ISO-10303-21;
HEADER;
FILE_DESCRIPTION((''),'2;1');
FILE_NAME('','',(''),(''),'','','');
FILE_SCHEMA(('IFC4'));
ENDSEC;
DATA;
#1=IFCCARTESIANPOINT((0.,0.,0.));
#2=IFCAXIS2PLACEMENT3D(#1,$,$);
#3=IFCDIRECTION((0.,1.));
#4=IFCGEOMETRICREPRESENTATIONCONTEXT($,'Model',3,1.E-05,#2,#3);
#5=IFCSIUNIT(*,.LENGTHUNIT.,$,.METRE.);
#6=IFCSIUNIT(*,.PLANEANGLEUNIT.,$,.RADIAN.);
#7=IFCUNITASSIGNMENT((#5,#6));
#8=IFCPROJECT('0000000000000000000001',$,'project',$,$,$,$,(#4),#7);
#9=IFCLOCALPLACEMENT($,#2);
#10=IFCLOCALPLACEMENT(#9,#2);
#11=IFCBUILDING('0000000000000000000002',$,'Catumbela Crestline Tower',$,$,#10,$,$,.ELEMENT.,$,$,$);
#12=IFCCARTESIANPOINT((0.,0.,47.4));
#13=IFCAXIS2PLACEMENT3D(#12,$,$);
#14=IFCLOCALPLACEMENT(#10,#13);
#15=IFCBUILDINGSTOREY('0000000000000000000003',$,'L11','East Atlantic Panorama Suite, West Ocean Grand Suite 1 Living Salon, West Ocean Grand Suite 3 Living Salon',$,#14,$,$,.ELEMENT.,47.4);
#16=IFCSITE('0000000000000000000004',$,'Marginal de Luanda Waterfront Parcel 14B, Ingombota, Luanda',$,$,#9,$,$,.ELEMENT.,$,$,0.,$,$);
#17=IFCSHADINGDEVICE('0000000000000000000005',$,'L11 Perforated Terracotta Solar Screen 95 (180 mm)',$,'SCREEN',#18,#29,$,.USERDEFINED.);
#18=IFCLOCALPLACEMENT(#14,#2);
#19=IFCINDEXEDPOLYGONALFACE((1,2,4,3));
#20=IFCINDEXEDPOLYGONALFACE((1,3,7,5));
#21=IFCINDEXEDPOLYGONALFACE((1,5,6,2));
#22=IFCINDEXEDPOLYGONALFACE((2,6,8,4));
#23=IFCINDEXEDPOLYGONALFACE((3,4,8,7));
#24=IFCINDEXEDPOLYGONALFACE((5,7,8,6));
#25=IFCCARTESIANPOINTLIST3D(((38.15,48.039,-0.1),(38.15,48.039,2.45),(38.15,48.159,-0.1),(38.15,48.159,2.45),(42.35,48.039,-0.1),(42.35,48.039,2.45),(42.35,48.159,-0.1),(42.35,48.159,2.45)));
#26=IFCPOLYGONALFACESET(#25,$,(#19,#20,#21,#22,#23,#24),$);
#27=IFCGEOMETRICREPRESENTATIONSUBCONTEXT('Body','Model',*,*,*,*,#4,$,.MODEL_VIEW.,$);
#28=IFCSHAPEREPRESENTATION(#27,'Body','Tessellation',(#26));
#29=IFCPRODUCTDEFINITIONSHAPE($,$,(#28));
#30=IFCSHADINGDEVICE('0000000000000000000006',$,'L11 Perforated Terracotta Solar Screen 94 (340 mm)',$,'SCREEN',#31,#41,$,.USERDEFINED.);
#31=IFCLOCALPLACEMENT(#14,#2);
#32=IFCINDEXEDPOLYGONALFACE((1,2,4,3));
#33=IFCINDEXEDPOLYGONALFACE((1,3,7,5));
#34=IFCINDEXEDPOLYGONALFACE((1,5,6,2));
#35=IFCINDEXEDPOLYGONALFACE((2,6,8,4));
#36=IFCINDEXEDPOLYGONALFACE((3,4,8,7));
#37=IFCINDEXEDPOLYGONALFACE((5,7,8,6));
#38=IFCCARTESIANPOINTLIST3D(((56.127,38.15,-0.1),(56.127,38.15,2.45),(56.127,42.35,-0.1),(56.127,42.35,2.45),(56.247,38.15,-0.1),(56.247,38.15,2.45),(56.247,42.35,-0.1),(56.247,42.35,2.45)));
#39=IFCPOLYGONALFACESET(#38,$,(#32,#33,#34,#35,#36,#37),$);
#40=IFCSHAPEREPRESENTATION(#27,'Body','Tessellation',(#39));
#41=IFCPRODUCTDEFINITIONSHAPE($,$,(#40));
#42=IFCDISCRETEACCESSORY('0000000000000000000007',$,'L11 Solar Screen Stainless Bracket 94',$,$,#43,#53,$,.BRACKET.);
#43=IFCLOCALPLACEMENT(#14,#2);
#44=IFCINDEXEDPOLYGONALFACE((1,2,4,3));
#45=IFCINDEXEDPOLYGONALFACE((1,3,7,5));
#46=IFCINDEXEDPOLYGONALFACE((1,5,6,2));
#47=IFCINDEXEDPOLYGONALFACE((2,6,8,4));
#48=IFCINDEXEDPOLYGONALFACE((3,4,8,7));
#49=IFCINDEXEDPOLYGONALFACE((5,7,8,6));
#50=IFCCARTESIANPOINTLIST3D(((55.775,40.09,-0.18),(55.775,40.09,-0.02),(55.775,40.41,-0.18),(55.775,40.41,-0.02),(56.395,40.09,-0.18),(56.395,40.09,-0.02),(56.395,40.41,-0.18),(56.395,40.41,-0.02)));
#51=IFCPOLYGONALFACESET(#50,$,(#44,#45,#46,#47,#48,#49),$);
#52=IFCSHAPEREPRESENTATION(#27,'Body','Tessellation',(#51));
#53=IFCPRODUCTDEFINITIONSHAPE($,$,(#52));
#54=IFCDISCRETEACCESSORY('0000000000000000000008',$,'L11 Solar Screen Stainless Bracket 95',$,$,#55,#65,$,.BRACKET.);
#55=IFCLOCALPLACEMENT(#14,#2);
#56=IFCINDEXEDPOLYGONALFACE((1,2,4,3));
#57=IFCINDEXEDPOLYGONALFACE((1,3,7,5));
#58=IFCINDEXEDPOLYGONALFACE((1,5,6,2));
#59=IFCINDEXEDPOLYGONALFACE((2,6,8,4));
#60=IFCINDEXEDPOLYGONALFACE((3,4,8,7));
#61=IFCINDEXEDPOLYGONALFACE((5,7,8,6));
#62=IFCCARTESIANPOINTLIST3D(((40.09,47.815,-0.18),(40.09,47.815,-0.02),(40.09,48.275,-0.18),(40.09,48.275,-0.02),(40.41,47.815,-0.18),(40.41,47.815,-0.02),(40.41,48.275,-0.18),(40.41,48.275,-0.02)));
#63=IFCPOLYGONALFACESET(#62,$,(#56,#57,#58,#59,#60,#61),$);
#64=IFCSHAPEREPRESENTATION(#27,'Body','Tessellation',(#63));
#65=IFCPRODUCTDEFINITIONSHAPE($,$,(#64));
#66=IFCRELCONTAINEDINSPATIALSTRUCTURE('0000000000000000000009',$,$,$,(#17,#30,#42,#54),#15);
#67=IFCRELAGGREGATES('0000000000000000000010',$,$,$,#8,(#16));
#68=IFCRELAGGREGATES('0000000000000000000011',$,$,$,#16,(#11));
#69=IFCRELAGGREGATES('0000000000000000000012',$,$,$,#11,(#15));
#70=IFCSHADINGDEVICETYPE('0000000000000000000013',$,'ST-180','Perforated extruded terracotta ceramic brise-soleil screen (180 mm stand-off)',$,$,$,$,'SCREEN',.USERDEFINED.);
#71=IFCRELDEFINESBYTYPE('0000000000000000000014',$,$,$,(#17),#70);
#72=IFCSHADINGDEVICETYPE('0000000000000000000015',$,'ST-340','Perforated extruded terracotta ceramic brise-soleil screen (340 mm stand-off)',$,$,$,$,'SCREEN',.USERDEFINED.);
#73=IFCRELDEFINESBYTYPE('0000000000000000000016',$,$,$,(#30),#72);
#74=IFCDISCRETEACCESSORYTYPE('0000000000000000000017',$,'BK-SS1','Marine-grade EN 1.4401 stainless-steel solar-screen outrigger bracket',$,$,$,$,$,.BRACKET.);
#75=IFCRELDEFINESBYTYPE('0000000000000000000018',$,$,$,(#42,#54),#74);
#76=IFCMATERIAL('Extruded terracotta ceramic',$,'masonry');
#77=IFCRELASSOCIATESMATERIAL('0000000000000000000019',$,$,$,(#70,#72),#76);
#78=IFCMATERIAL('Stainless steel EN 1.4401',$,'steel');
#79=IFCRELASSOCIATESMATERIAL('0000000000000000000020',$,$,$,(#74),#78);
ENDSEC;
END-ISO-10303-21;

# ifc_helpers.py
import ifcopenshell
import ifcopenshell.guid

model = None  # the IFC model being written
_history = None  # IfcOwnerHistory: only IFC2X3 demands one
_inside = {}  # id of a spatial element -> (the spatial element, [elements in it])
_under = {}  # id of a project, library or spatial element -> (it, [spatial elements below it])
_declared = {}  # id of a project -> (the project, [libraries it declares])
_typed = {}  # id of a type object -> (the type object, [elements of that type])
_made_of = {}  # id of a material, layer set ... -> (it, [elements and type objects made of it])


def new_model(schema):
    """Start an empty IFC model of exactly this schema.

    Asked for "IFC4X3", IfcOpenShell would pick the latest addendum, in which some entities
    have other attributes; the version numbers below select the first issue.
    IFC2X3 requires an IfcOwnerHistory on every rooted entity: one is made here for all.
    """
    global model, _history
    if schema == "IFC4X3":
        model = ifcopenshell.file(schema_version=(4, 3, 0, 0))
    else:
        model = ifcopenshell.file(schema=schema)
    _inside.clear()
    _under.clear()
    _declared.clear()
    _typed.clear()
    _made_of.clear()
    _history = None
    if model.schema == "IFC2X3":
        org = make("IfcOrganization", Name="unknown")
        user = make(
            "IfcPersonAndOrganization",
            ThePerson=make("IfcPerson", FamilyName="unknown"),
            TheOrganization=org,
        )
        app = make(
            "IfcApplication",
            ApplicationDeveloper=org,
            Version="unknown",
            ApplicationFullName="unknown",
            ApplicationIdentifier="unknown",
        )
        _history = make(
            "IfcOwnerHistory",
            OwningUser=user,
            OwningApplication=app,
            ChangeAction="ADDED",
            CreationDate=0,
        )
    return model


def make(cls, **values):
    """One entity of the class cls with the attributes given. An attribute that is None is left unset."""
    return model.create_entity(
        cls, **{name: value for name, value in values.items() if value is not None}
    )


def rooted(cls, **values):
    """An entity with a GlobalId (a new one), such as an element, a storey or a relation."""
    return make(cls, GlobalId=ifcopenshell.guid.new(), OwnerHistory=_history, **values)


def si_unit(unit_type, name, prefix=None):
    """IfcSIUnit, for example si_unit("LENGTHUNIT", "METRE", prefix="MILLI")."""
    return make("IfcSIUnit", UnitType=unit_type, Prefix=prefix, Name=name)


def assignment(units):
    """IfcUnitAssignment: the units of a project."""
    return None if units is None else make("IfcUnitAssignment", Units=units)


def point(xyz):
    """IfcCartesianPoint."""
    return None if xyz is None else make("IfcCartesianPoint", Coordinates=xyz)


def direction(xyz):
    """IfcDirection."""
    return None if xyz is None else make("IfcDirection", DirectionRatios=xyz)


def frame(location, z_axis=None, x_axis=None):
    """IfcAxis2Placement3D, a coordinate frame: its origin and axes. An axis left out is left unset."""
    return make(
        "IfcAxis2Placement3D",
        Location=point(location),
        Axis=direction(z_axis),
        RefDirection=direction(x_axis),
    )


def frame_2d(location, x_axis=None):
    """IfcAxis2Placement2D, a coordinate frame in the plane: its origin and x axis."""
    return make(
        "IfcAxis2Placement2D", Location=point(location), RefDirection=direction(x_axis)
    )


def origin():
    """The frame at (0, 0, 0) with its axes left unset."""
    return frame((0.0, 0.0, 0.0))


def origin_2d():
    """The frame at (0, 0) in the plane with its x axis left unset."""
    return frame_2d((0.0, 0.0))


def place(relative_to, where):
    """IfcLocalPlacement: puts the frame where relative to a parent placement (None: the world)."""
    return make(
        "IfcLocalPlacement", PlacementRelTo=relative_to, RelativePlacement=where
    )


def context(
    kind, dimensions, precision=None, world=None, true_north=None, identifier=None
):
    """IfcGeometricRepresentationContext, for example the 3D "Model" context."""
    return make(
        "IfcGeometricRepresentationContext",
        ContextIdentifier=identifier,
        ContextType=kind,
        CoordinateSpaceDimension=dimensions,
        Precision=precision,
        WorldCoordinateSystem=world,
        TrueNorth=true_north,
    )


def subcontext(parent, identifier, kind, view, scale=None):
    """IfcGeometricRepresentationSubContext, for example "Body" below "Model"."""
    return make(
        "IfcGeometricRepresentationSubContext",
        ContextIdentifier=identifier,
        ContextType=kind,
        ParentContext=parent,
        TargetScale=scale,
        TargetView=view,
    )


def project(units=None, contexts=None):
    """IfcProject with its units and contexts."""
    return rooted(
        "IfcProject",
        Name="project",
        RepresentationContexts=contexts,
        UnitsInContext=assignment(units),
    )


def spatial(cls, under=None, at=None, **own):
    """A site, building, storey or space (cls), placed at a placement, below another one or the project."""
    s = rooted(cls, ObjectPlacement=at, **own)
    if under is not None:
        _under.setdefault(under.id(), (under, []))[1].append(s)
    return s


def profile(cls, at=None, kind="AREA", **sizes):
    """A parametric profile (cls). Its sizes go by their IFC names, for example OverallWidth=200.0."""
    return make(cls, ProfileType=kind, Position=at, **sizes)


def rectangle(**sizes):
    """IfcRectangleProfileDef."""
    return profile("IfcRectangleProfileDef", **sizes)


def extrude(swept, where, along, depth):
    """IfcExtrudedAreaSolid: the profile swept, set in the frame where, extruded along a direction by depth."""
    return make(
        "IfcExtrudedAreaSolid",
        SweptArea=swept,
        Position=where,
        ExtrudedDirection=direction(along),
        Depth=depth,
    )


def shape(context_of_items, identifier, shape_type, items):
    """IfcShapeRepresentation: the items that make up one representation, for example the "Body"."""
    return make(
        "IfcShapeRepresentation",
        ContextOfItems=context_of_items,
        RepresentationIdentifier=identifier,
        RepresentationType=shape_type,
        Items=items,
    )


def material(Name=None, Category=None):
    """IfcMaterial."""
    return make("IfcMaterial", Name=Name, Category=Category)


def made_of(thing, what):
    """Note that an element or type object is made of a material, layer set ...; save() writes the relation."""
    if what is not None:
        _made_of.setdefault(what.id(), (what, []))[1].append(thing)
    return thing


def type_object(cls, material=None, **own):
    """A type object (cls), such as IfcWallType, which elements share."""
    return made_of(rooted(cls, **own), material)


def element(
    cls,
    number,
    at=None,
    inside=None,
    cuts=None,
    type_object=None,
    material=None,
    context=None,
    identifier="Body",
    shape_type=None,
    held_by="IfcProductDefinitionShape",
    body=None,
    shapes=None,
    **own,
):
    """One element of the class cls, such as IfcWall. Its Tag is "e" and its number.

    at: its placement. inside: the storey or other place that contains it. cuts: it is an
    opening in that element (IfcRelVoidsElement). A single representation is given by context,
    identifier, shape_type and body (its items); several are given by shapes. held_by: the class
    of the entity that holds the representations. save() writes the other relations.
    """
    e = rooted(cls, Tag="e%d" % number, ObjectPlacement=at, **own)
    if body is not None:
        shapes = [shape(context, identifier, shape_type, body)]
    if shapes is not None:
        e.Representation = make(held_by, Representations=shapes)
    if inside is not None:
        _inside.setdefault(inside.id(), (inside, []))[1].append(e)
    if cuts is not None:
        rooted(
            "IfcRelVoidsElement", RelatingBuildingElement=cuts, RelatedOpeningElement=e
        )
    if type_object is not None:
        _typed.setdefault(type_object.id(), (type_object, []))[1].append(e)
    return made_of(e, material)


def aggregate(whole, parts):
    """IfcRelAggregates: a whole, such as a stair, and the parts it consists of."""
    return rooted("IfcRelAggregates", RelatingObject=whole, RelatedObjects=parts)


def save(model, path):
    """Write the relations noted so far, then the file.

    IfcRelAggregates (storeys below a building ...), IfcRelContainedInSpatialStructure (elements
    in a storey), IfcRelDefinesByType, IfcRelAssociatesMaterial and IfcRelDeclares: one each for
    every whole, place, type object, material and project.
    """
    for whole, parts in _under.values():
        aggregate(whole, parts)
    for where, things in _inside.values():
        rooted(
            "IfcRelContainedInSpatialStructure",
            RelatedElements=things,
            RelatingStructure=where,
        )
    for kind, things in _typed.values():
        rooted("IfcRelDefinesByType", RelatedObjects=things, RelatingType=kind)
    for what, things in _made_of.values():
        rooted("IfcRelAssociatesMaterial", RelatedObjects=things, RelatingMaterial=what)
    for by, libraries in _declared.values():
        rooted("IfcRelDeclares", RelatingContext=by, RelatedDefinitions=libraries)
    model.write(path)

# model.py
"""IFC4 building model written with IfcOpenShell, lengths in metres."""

from ifc_helpers import new_model, si_unit, direction, frame, origin, origin_2d, place, context, subcontext, project, spatial, rectangle, extrude, material, type_object, element, save


model = new_model("IFC4")

# Units and contexts
model_context = context("Model", 3, precision=1e-05, world=origin(), true_north=direction((0.0, 1.0)))
body_context = subcontext(model_context, "Body", "Model", "MODEL_VIEW")
ifc_project = project(units=[si_unit("LENGTHUNIT", "METRE"), si_unit("PLANEANGLEUNIT", "RADIAN")], contexts=[model_context])

# Site, building, storey
site_placement = place(None, origin())
site = spatial("IfcSite", under=ifc_project, at=site_placement, Name="Marginal de Luanda Waterfront Parcel 14B, Ingombota, Luanda", CompositionType="ELEMENT", RefElevation=0.0)
building_placement = place(site_placement, origin())
building = spatial("IfcBuilding", under=site, at=building_placement, Name="Catumbela Crestline Tower", CompositionType="ELEMENT")
storey_placement = place(building_placement, frame((0.0, 0.0, 47.4)))
storey = spatial("IfcBuildingStorey", under=building, at=storey_placement, Name="L11", Description="East Atlantic Panorama Suite, West Ocean Grand Suite 1 Living Salon, West Ocean Grand Suite 3 Living Salon", CompositionType="ELEMENT", Elevation=47.4)

# Shading devices
ifc_material_1 = material(Name="Extruded terracotta ceramic", Category="masonry")
shading_device_type_1 = type_object("IfcShadingDeviceType", Name="ST-180", Description="Perforated extruded terracotta ceramic brise-soleil screen (180 mm stand-off)", ElementType="SCREEN", PredefinedType="USERDEFINED", material=ifc_material_1)
shading_device_1_placement = place(storey_placement, frame((40.25, 48.099, -0.1), z_axis=(0.0, 0.0, 1.0), x_axis=(-1.0, 0.0, 0.0)))
element("IfcShadingDevice", 1, at=shading_device_1_placement, inside=storey, type_object=shading_device_type_1, Name="L11 Perforated Terracotta Solar Screen 95 (180 mm)", ObjectType="SCREEN", PredefinedType="USERDEFINED", context=body_context, shape_type="SweptSolid", body=[
    extrude(rectangle(XDim=4.2, YDim=0.12, at=origin_2d()), origin(), (0.0, 0.0, 1.0), 2.55),
])
shading_device_type_2 = type_object("IfcShadingDeviceType", Name="ST-340", Description="Perforated extruded terracotta ceramic brise-soleil screen (340 mm stand-off)", ElementType="SCREEN", PredefinedType="USERDEFINED", material=ifc_material_1)
shading_device_2_placement = place(storey_placement, frame((56.187, 40.25, -0.1), z_axis=(0.0, 0.0, 1.0), x_axis=(0.0, 1.0, 0.0)))
element("IfcShadingDevice", 2, at=shading_device_2_placement, inside=storey, type_object=shading_device_type_2, Name="L11 Perforated Terracotta Solar Screen 94 (340 mm)", ObjectType="SCREEN", PredefinedType="USERDEFINED", context=body_context, shape_type="SweptSolid", body=[
    extrude(rectangle(XDim=4.2, YDim=0.12, at=origin_2d()), origin(), (0.0, 0.0, 1.0), 2.55),
])

# Discrete accessories
ifc_material_2 = material(Name="Stainless steel EN 1.4401", Category="steel")
discrete_accessory_type = type_object("IfcDiscreteAccessoryType", Name="BK-SS1", Description="Marine-grade EN 1.4401 stainless-steel solar-screen outrigger bracket", PredefinedType="BRACKET", material=ifc_material_2)
discrete_accessory_1_placement = place(storey_placement, frame((56.085, 40.25, -0.18), z_axis=(0.0, 0.0, 1.0), x_axis=(0.0, 1.0, 0.0)))
element("IfcDiscreteAccessory", 3, at=discrete_accessory_1_placement, inside=storey, type_object=discrete_accessory_type, Name="L11 Solar Screen Stainless Bracket 94", PredefinedType="BRACKET", context=body_context, shape_type="SweptSolid", body=[
    extrude(rectangle(XDim=0.32, YDim=0.62, at=origin_2d()), origin(), (0.0, 0.0, 1.0), 0.16),
])
discrete_accessory_2_placement = place(storey_placement, frame((40.25, 48.045, -0.18), z_axis=(0.0, 0.0, 1.0), x_axis=(-1.0, 0.0, 0.0)))
element("IfcDiscreteAccessory", 4, at=discrete_accessory_2_placement, inside=storey, type_object=discrete_accessory_type, Name="L11 Solar Screen Stainless Bracket 95", PredefinedType="BRACKET", context=body_context, shape_type="SweptSolid", body=[
    extrude(rectangle(XDim=0.32, YDim=0.46, at=origin_2d()), origin(), (0.0, 0.0, 1.0), 0.16),
])

save(model, "model.ifc")
